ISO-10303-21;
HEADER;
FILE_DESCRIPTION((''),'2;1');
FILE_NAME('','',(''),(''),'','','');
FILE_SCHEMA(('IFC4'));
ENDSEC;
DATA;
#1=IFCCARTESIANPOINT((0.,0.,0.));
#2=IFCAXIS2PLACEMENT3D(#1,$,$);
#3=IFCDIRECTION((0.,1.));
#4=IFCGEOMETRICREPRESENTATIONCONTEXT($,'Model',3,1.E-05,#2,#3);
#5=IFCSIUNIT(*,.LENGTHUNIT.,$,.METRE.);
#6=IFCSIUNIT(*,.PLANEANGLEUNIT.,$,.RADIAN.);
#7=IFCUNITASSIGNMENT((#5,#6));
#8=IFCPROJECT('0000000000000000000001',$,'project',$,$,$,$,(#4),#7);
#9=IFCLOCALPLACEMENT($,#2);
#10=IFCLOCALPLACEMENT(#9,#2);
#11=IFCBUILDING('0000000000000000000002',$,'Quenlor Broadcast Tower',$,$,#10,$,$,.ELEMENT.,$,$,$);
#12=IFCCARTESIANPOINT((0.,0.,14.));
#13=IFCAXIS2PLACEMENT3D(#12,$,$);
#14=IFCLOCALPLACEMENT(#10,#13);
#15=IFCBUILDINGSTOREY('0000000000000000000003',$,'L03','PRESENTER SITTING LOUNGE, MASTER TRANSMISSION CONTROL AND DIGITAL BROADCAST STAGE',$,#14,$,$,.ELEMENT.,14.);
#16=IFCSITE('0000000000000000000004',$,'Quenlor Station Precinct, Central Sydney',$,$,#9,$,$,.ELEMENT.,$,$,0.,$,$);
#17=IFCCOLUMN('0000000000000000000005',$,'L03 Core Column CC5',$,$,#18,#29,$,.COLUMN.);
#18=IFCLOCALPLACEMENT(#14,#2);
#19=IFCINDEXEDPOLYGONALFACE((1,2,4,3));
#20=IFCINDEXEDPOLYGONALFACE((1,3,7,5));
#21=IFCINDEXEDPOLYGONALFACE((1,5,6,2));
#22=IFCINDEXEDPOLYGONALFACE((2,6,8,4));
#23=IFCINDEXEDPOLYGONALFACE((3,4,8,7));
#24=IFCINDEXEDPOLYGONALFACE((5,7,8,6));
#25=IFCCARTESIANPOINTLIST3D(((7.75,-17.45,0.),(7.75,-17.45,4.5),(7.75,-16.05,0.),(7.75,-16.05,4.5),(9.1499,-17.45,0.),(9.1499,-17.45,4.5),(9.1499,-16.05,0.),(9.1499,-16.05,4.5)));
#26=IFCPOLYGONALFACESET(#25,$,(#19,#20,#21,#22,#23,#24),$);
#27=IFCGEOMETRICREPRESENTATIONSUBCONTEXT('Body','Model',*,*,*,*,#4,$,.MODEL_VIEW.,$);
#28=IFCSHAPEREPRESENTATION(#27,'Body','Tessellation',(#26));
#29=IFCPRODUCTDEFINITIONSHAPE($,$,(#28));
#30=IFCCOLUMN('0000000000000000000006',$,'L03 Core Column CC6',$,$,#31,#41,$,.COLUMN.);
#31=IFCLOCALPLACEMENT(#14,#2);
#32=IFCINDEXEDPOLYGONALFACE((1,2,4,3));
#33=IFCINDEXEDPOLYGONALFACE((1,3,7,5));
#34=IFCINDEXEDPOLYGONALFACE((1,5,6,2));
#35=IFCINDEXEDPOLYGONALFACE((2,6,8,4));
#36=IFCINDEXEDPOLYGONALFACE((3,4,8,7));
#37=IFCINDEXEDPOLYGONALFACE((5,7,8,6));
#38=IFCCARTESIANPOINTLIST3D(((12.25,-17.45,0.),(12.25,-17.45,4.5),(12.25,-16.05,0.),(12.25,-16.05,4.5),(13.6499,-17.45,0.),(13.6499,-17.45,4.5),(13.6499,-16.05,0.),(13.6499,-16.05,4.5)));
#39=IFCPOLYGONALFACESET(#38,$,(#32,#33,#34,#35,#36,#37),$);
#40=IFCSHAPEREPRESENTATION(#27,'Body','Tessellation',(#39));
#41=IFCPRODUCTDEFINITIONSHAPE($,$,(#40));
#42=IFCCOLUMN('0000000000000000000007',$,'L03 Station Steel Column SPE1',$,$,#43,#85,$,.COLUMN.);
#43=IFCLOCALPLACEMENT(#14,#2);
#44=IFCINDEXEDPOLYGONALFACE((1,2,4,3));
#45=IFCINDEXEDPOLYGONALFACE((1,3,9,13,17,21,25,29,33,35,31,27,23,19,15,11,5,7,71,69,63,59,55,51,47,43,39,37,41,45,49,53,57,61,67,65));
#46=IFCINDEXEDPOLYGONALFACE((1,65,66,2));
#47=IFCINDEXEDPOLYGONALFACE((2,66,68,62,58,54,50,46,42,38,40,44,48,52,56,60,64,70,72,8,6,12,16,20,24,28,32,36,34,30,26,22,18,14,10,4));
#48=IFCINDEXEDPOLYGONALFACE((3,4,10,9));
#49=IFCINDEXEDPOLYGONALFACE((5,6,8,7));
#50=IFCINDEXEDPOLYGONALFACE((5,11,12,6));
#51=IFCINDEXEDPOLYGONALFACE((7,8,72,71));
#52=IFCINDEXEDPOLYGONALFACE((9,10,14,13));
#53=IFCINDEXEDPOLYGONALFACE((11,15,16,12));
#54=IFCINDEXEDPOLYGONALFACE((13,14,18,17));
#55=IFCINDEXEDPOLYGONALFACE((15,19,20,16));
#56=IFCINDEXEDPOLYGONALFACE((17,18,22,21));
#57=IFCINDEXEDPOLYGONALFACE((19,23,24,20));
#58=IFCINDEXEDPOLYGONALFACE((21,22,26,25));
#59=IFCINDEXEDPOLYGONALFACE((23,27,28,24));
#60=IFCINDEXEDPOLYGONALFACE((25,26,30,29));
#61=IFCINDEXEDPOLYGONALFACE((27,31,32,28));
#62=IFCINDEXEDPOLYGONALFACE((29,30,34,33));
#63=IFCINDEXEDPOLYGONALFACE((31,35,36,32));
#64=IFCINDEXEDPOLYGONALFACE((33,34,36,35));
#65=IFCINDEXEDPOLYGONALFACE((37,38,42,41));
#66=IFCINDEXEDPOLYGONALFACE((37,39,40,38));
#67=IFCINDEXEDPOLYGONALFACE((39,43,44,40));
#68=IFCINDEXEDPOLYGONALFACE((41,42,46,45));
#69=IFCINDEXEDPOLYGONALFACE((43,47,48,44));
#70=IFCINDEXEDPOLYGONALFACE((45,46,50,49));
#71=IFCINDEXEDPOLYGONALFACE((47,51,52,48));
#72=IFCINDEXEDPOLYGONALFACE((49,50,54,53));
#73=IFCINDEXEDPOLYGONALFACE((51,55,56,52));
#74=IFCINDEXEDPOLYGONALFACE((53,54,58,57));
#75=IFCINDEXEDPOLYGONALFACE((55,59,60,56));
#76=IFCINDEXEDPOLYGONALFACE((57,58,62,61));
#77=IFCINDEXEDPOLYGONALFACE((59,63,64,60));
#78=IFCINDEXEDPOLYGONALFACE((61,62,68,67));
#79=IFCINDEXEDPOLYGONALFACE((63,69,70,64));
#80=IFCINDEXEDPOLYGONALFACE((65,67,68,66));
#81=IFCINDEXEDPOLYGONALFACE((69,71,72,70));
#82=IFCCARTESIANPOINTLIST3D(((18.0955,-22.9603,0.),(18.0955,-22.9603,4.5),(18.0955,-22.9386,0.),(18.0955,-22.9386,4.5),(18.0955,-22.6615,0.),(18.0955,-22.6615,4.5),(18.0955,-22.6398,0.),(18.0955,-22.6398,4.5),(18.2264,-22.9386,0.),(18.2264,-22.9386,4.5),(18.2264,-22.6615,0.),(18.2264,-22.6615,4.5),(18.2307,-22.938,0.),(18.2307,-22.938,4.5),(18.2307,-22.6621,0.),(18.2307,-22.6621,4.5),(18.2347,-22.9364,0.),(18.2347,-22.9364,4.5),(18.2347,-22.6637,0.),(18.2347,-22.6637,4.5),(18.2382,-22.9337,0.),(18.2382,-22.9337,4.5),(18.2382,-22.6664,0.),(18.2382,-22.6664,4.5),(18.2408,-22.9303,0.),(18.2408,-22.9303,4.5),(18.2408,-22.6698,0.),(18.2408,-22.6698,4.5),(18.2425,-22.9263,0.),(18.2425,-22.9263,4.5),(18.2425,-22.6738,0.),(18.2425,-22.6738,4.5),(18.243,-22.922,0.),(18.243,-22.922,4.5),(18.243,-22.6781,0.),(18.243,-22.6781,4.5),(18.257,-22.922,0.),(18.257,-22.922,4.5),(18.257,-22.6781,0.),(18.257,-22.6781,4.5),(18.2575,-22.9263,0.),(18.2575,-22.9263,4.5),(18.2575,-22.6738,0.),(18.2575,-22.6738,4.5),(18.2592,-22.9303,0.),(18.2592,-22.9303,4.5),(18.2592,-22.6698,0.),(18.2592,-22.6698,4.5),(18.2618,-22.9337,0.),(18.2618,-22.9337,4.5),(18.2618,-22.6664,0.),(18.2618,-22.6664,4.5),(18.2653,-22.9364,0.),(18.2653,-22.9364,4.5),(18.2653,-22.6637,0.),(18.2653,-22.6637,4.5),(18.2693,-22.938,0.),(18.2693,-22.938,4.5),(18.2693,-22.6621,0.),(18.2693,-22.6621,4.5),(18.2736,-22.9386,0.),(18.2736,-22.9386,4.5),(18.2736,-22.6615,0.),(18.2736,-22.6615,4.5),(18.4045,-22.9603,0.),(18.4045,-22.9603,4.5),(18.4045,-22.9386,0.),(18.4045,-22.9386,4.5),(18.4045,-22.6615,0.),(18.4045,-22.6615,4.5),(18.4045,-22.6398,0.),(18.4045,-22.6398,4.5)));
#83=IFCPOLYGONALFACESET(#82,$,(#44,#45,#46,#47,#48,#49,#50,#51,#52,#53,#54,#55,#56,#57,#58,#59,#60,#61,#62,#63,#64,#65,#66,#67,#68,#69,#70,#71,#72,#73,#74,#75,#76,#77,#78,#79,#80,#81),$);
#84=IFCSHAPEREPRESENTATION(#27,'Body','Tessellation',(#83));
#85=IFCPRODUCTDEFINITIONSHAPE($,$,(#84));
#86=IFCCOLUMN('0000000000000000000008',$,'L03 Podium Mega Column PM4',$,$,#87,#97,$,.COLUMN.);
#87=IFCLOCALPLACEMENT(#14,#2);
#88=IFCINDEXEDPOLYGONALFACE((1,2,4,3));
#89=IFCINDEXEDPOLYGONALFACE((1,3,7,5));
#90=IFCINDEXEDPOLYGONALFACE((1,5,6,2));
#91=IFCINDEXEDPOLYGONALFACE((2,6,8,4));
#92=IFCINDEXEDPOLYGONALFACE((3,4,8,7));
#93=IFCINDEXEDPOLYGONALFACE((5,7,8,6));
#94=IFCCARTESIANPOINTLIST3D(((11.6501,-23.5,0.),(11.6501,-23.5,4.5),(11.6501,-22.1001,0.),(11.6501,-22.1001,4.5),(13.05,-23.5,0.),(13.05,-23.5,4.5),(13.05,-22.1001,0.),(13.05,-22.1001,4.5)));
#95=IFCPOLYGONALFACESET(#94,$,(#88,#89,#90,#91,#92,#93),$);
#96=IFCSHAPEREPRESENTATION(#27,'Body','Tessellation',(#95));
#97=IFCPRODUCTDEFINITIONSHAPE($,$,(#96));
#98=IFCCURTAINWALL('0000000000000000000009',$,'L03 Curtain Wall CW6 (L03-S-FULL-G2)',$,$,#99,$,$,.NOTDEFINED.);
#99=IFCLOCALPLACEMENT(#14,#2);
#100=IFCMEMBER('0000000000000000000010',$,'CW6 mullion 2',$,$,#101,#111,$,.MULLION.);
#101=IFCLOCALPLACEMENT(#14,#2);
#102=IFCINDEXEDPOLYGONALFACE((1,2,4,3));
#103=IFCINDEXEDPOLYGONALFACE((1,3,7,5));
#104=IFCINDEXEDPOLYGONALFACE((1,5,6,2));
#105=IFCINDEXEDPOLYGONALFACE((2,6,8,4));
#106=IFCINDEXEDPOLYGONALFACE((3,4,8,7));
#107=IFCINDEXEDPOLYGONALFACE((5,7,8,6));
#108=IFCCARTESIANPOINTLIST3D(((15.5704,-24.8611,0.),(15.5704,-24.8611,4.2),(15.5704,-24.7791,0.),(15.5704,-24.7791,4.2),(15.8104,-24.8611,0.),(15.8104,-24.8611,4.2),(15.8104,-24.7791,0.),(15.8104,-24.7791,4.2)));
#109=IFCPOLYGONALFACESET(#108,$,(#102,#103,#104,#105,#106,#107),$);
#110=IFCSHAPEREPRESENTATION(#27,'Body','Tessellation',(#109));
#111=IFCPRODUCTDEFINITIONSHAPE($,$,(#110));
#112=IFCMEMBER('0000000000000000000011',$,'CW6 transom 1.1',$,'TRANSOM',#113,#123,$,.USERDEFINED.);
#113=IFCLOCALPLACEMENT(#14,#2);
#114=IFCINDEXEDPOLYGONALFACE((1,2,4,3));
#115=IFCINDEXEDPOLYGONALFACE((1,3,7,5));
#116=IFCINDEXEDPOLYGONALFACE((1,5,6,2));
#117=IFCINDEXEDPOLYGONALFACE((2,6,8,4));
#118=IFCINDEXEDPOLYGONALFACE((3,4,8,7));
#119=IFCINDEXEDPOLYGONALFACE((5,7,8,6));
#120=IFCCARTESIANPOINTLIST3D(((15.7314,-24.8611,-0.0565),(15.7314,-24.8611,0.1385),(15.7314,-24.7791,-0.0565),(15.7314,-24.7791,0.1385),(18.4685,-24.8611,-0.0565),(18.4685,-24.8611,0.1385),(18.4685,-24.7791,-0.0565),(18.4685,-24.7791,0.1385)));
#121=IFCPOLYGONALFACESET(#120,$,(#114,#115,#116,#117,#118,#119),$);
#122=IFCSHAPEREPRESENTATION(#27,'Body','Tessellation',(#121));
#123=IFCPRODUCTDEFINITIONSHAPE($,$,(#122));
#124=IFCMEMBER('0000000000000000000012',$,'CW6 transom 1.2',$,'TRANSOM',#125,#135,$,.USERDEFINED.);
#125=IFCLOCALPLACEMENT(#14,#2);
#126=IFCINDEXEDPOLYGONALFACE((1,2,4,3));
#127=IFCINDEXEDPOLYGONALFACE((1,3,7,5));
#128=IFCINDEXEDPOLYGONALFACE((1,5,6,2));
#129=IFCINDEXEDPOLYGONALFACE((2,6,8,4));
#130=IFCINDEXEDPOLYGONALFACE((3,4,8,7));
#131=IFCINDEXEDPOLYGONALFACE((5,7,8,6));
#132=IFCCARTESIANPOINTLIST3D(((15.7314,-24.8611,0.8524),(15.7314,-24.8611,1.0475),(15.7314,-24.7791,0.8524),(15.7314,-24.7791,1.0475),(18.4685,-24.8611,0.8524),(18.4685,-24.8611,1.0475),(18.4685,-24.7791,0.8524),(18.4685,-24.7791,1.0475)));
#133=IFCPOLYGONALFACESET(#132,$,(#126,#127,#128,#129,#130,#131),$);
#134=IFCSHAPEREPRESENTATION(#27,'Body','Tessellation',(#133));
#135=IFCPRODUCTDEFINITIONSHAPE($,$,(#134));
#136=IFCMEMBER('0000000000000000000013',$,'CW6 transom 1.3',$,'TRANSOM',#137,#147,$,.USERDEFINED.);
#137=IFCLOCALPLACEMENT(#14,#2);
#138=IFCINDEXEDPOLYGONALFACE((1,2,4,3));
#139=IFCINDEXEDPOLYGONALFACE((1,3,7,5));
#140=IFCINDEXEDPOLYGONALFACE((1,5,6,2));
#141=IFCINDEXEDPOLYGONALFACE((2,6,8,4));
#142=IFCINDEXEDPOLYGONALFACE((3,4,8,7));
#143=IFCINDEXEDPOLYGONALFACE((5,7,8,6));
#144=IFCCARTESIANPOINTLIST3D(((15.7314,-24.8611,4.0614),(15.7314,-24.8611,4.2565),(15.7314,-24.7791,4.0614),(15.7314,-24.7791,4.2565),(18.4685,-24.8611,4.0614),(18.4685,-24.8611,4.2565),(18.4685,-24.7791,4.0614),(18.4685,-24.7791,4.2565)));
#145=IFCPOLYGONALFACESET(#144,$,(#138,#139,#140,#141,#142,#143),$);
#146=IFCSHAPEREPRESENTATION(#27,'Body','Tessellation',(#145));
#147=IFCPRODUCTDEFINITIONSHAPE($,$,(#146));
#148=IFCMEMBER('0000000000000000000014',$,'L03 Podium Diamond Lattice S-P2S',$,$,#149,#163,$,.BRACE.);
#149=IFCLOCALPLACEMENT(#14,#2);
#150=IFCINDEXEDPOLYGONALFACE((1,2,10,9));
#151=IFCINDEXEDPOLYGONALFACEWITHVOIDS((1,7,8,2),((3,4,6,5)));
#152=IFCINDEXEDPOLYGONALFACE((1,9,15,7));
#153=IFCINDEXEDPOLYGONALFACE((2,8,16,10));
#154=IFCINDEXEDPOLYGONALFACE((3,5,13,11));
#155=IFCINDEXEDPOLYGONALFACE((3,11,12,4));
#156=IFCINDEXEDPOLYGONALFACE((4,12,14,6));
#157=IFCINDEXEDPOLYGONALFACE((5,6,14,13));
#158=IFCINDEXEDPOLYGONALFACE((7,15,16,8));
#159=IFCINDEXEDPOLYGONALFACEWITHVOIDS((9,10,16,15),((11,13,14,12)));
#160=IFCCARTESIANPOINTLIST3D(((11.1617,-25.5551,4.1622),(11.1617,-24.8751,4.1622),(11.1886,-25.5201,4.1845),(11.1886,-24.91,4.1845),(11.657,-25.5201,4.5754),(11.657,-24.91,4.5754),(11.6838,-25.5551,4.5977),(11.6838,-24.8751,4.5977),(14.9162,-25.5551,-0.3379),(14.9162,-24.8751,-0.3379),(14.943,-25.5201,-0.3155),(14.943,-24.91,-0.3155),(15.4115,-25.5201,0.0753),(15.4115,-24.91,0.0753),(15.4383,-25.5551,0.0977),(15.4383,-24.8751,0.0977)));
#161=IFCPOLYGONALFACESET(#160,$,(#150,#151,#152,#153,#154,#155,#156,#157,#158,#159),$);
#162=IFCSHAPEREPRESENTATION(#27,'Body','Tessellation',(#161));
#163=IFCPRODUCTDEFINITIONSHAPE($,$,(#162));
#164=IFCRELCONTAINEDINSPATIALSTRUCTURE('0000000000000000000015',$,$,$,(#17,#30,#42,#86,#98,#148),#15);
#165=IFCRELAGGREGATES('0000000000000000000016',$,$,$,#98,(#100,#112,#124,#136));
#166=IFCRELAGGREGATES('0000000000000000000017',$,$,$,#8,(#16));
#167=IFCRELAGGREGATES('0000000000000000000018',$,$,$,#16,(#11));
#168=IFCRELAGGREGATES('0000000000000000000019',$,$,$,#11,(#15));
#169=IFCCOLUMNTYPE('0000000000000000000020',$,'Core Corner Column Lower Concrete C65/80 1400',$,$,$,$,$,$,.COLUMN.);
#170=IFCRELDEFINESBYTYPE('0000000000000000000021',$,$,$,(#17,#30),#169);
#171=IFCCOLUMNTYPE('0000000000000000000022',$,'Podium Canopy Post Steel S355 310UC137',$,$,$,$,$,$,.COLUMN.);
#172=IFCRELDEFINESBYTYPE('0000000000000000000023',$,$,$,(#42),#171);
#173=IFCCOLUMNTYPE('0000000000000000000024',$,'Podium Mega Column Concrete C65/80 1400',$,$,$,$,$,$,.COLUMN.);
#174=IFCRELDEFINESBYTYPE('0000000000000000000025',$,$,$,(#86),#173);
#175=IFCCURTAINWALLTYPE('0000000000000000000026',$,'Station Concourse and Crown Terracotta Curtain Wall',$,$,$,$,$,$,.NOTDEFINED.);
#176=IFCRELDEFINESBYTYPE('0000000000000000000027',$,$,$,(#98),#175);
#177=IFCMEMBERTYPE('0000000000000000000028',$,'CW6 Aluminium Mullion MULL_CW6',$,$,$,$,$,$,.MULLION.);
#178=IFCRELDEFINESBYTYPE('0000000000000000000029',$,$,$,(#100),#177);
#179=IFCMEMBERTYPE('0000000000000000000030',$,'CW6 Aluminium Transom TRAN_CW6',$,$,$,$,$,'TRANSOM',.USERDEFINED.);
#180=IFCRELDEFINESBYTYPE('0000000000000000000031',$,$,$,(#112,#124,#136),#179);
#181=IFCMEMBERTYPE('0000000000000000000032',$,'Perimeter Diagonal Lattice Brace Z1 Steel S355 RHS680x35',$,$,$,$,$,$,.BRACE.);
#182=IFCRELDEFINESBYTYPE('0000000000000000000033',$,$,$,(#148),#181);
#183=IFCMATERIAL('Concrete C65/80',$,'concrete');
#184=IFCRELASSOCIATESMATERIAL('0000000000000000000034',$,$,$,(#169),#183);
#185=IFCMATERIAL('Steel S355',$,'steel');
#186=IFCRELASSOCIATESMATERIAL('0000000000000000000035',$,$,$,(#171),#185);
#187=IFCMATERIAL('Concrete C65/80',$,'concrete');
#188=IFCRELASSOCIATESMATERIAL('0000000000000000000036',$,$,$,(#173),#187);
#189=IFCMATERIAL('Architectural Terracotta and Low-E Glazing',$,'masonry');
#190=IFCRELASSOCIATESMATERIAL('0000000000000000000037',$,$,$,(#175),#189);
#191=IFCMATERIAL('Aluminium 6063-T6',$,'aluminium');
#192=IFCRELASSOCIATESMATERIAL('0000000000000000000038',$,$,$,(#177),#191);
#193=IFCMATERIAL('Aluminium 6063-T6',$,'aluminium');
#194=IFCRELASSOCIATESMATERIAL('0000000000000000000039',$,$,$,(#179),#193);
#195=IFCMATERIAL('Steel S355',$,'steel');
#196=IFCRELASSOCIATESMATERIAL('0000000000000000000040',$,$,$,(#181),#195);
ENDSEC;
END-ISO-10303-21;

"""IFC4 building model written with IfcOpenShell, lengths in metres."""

from ifc_helpers import new_model, si_unit, direction, frame, origin, origin_2d, place, context, subcontext, project, spatial, rectangle, hollow_rectangle, i_section, extrude, material, material_profile, profile_set, type_object, element, aggregate, save


model = new_model("IFC4")

# Units and contexts
model_context = context("Model", 3, precision=1e-05, world=origin(), true_north=direction((0.0, 1.0)))
body_context = subcontext(model_context, "Body", "Model", "MODEL_VIEW")
ifc_project = project(units=[si_unit("LENGTHUNIT", "METRE"), si_unit("PLANEANGLEUNIT", "RADIAN")], contexts=[model_context])

# Site, building, storey
site_placement = place(None, origin())
site = spatial("IfcSite", under=ifc_project, at=site_placement, Name="Quenlor Station Precinct, Central Sydney", CompositionType="ELEMENT", RefElevation=0.0)
building_placement = place(site_placement, origin())
building = spatial("IfcBuilding", under=site, at=building_placement, Name="Quenlor Broadcast Tower", CompositionType="ELEMENT")
storey_placement = place(building_placement, frame((0.0, 0.0, 14.0)))
storey = spatial("IfcBuildingStorey", under=building, at=storey_placement, Name="L03", Description="PRESENTER SITTING LOUNGE, MASTER TRANSMISSION CONTROL AND DIGITAL BROADCAST STAGE", CompositionType="ELEMENT", Elevation=14.0)

# Columns
ifc_material_1 = material(Name="Concrete C65/80", Category="concrete")
ifc_material_profile_1 = material_profile(ifc_material_1, rectangle(XDim=1.3999, YDim=1.3999, at=origin_2d()))
ifc_profile_set_1 = profile_set([ifc_material_profile_1], Name="Concrete C65/80 RC1400x1400")
column_type_1 = type_object("IfcColumnType", Name="Core Corner Column Lower Concrete C65/80 1400", PredefinedType="COLUMN", material=ifc_profile_set_1)
for number, where, z_axis, x_axis, name in (
    (1, (8.45, -16.75, 0.0), (0.0, 0.0, 1.0), (1.0, 0.0, 0.0), "L03 Core Column CC5"),
    (2, (12.95, -16.75, 0.0), (0.0, 0.0, 1.0), (1.0, 0.0, 0.0), "L03 Core Column CC6"),
):
    element("IfcColumn", number, at=place(storey_placement, frame(where, z_axis=z_axis, x_axis=x_axis)), inside=storey, type_object=column_type_1, Name=name, PredefinedType="COLUMN", context=body_context, shape_type="SweptSolid", body=[
        extrude(rectangle(XDim=1.3999, YDim=1.3999, at=origin_2d()), origin(), (0.0, 0.0, 1.0), 4.5),
    ])
ifc_material_2 = material(Name="Steel S355", Category="steel")
ifc_material_profile_2 = material_profile(ifc_material_2, i_section(OverallWidth=0.3091, OverallDepth=0.3206, WebThickness=0.0139, FlangeThickness=0.0217, FilletRadius=0.0166, at=origin_2d()))
ifc_profile_set_2 = profile_set([ifc_material_profile_2], Name="Steel S355 310UC137")
column_type_2 = type_object("IfcColumnType", Name="Podium Canopy Post Steel S355 310UC137", PredefinedType="COLUMN", material=ifc_profile_set_2)
column_1_placement = place(storey_placement, frame((18.25, -22.8, 0.0), z_axis=(0.0, 0.0, 1.0), x_axis=(1.0, 0.0, 0.0)))
element("IfcColumn", 3, at=column_1_placement, inside=storey, type_object=column_type_2, Name="L03 Station Steel Column SPE1", PredefinedType="COLUMN", context=body_context, shape_type="SweptSolid", body=[
    extrude(i_section(OverallWidth=0.3091, OverallDepth=0.3206, WebThickness=0.0139, FlangeThickness=0.0217, FilletRadius=0.0166, at=origin_2d()), origin(), (0.0, 0.0, 1.0), 4.5),
])
ifc_material_3 = material(Name="Concrete C65/80", Category="concrete")
ifc_material_profile_3 = material_profile(ifc_material_3, rectangle(XDim=1.3999, YDim=1.3999, at=origin_2d()))
ifc_profile_set_3 = profile_set([ifc_material_profile_3], Name="Concrete C65/80 RC1400x1400")
column_type_3 = type_object("IfcColumnType", Name="Podium Mega Column Concrete C65/80 1400", PredefinedType="COLUMN", material=ifc_profile_set_3)
column_2_placement = place(storey_placement, frame((12.3501, -22.8, 0.0), z_axis=(0.0, 0.0, 1.0), x_axis=(1.0, 0.0, 0.0)))
element("IfcColumn", 4, at=column_2_placement, inside=storey, type_object=column_type_3, Name="L03 Podium Mega Column PM4", PredefinedType="COLUMN", context=body_context, shape_type="SweptSolid", body=[
    extrude(rectangle(XDim=1.3999, YDim=1.3999, at=origin_2d()), origin(), (0.0, 0.0, 1.0), 4.5),
])

# Curtain wall, members
ifc_material_4 = material(Name="Architectural Terracotta and Low-E Glazing", Category="masonry")
curtain_wall_type = type_object("IfcCurtainWallType", Name="Station Concourse and Crown Terracotta Curtain Wall", PredefinedType="NOTDEFINED", material=ifc_material_4)
curtain_wall_placement = place(storey_placement, origin())
curtain_wall = element("IfcCurtainWall", 5, at=curtain_wall_placement, inside=storey, type_object=curtain_wall_type, Name="L03 Curtain Wall CW6 (L03-S-FULL-G2)", PredefinedType="NOTDEFINED")
ifc_material_5 = material(Name="Aluminium 6063-T6", Category="aluminium")
ifc_material_profile_4 = material_profile(ifc_material_5, rectangle(XDim=0.082, YDim=0.24, at=origin_2d()))
ifc_profile_set_4 = profile_set([ifc_material_profile_4], Name="Aluminium 6063-T6 MULL82x240")
member_type_1 = type_object("IfcMemberType", Name="CW6 Aluminium Mullion MULL_CW6", PredefinedType="MULLION", material=ifc_profile_set_4)
member_1_placement = place(storey_placement, frame((15.6904, -24.8201, 0.0), z_axis=(0.0, 0.0, 1.0), x_axis=(0.0, -1.0, 0.0)))
member_1 = element("IfcMember", 6, at=member_1_placement, type_object=member_type_1, Name="CW6 mullion 2", PredefinedType="MULLION", context=body_context, shape_type="SweptSolid", body=[
    extrude(rectangle(XDim=0.082, YDim=0.24, at=origin_2d()), origin(), (0.0, 0.0, 1.0), 4.2),
])
ifc_material_6 = material(Name="Aluminium 6063-T6", Category="aluminium")
ifc_material_profile_5 = material_profile(ifc_material_6, rectangle(XDim=0.082, YDim=0.1951, at=origin_2d()))
ifc_profile_set_5 = profile_set([ifc_material_profile_5], Name="Aluminium 6063-T6 TRAN82x195")
member_type_2 = type_object("IfcMemberType", Name="CW6 Aluminium Transom TRAN_CW6", ElementType="TRANSOM", PredefinedType="USERDEFINED", material=ifc_profile_set_5)
member_2_placement = place(storey_placement, frame((18.4685, -24.8201, 0.041), z_axis=(-1.0, 0.0, 0.0), x_axis=(0.0, -1.0, 0.0)))
member_2 = element("IfcMember", 7, at=member_2_placement, type_object=member_type_2, Name="CW6 transom 1.1", ObjectType="TRANSOM", PredefinedType="USERDEFINED", context=body_context, shape_type="SweptSolid", body=[
    extrude(rectangle(XDim=0.082, YDim=0.1951, at=origin_2d()), origin(), (0.0, 0.0, 1.0), 2.7371),
])
member_3_placement = place(storey_placement, frame((18.4685, -24.8201, 0.95), z_axis=(-1.0, 0.0, 0.0), x_axis=(0.0, -1.0, 0.0)))
member_3 = element("IfcMember", 8, at=member_3_placement, type_object=member_type_2, Name="CW6 transom 1.2", ObjectType="TRANSOM", PredefinedType="USERDEFINED", context=body_context, shape_type="SweptSolid", body=[
    extrude(rectangle(XDim=0.082, YDim=0.1951, at=origin_2d()), origin(), (0.0, 0.0, 1.0), 2.7371),
])
member_4_placement = place(storey_placement, frame((18.4685, -24.8201, 4.1589), z_axis=(-1.0, 0.0, 0.0), x_axis=(0.0, -1.0, 0.0)))
member_4 = element("IfcMember", 9, at=member_4_placement, type_object=member_type_2, Name="CW6 transom 1.3", ObjectType="TRANSOM", PredefinedType="USERDEFINED", context=body_context, shape_type="SweptSolid", body=[
    extrude(rectangle(XDim=0.082, YDim=0.1951, at=origin_2d()), origin(), (0.0, 0.0, 1.0), 2.7371),
])

# Member
ifc_material_7 = material(Name="Steel S355", Category="steel")
ifc_material_profile_6 = material_profile(ifc_material_7, hollow_rectangle(XDim=0.6799, YDim=0.6799, WallThickness=0.0349, at=origin_2d()))
ifc_profile_set_6 = profile_set([ifc_material_profile_6], Name="Steel S355 RHS680x680x35")
member_type_3 = type_object("IfcMemberType", Name="Perimeter Diagonal Lattice Brace Z1 Steel S355 RHS680x35", PredefinedType="BRACE", material=ifc_profile_set_6)
member_5_placement = place(storey_placement, frame((15.1772, -25.2151, -0.1201), z_axis=(-0.640627, 0.0, 0.767852), x_axis=(0.0, -1.0, 0.0)))
element("IfcMember", 10, at=member_5_placement, inside=storey, type_object=member_type_3, Name="L03 Podium Diamond Lattice S-P2S", PredefinedType="BRACE", context=body_context, shape_type="SweptSolid", body=[
    extrude(hollow_rectangle(XDim=0.6799, YDim=0.6799, WallThickness=0.0349, at=origin_2d()), origin(), (0.0, 0.0, 1.0), 5.8606),
])

aggregate(curtain_wall, [member_1, member_2, member_3, member_4])

save(model, "model.ifc")
